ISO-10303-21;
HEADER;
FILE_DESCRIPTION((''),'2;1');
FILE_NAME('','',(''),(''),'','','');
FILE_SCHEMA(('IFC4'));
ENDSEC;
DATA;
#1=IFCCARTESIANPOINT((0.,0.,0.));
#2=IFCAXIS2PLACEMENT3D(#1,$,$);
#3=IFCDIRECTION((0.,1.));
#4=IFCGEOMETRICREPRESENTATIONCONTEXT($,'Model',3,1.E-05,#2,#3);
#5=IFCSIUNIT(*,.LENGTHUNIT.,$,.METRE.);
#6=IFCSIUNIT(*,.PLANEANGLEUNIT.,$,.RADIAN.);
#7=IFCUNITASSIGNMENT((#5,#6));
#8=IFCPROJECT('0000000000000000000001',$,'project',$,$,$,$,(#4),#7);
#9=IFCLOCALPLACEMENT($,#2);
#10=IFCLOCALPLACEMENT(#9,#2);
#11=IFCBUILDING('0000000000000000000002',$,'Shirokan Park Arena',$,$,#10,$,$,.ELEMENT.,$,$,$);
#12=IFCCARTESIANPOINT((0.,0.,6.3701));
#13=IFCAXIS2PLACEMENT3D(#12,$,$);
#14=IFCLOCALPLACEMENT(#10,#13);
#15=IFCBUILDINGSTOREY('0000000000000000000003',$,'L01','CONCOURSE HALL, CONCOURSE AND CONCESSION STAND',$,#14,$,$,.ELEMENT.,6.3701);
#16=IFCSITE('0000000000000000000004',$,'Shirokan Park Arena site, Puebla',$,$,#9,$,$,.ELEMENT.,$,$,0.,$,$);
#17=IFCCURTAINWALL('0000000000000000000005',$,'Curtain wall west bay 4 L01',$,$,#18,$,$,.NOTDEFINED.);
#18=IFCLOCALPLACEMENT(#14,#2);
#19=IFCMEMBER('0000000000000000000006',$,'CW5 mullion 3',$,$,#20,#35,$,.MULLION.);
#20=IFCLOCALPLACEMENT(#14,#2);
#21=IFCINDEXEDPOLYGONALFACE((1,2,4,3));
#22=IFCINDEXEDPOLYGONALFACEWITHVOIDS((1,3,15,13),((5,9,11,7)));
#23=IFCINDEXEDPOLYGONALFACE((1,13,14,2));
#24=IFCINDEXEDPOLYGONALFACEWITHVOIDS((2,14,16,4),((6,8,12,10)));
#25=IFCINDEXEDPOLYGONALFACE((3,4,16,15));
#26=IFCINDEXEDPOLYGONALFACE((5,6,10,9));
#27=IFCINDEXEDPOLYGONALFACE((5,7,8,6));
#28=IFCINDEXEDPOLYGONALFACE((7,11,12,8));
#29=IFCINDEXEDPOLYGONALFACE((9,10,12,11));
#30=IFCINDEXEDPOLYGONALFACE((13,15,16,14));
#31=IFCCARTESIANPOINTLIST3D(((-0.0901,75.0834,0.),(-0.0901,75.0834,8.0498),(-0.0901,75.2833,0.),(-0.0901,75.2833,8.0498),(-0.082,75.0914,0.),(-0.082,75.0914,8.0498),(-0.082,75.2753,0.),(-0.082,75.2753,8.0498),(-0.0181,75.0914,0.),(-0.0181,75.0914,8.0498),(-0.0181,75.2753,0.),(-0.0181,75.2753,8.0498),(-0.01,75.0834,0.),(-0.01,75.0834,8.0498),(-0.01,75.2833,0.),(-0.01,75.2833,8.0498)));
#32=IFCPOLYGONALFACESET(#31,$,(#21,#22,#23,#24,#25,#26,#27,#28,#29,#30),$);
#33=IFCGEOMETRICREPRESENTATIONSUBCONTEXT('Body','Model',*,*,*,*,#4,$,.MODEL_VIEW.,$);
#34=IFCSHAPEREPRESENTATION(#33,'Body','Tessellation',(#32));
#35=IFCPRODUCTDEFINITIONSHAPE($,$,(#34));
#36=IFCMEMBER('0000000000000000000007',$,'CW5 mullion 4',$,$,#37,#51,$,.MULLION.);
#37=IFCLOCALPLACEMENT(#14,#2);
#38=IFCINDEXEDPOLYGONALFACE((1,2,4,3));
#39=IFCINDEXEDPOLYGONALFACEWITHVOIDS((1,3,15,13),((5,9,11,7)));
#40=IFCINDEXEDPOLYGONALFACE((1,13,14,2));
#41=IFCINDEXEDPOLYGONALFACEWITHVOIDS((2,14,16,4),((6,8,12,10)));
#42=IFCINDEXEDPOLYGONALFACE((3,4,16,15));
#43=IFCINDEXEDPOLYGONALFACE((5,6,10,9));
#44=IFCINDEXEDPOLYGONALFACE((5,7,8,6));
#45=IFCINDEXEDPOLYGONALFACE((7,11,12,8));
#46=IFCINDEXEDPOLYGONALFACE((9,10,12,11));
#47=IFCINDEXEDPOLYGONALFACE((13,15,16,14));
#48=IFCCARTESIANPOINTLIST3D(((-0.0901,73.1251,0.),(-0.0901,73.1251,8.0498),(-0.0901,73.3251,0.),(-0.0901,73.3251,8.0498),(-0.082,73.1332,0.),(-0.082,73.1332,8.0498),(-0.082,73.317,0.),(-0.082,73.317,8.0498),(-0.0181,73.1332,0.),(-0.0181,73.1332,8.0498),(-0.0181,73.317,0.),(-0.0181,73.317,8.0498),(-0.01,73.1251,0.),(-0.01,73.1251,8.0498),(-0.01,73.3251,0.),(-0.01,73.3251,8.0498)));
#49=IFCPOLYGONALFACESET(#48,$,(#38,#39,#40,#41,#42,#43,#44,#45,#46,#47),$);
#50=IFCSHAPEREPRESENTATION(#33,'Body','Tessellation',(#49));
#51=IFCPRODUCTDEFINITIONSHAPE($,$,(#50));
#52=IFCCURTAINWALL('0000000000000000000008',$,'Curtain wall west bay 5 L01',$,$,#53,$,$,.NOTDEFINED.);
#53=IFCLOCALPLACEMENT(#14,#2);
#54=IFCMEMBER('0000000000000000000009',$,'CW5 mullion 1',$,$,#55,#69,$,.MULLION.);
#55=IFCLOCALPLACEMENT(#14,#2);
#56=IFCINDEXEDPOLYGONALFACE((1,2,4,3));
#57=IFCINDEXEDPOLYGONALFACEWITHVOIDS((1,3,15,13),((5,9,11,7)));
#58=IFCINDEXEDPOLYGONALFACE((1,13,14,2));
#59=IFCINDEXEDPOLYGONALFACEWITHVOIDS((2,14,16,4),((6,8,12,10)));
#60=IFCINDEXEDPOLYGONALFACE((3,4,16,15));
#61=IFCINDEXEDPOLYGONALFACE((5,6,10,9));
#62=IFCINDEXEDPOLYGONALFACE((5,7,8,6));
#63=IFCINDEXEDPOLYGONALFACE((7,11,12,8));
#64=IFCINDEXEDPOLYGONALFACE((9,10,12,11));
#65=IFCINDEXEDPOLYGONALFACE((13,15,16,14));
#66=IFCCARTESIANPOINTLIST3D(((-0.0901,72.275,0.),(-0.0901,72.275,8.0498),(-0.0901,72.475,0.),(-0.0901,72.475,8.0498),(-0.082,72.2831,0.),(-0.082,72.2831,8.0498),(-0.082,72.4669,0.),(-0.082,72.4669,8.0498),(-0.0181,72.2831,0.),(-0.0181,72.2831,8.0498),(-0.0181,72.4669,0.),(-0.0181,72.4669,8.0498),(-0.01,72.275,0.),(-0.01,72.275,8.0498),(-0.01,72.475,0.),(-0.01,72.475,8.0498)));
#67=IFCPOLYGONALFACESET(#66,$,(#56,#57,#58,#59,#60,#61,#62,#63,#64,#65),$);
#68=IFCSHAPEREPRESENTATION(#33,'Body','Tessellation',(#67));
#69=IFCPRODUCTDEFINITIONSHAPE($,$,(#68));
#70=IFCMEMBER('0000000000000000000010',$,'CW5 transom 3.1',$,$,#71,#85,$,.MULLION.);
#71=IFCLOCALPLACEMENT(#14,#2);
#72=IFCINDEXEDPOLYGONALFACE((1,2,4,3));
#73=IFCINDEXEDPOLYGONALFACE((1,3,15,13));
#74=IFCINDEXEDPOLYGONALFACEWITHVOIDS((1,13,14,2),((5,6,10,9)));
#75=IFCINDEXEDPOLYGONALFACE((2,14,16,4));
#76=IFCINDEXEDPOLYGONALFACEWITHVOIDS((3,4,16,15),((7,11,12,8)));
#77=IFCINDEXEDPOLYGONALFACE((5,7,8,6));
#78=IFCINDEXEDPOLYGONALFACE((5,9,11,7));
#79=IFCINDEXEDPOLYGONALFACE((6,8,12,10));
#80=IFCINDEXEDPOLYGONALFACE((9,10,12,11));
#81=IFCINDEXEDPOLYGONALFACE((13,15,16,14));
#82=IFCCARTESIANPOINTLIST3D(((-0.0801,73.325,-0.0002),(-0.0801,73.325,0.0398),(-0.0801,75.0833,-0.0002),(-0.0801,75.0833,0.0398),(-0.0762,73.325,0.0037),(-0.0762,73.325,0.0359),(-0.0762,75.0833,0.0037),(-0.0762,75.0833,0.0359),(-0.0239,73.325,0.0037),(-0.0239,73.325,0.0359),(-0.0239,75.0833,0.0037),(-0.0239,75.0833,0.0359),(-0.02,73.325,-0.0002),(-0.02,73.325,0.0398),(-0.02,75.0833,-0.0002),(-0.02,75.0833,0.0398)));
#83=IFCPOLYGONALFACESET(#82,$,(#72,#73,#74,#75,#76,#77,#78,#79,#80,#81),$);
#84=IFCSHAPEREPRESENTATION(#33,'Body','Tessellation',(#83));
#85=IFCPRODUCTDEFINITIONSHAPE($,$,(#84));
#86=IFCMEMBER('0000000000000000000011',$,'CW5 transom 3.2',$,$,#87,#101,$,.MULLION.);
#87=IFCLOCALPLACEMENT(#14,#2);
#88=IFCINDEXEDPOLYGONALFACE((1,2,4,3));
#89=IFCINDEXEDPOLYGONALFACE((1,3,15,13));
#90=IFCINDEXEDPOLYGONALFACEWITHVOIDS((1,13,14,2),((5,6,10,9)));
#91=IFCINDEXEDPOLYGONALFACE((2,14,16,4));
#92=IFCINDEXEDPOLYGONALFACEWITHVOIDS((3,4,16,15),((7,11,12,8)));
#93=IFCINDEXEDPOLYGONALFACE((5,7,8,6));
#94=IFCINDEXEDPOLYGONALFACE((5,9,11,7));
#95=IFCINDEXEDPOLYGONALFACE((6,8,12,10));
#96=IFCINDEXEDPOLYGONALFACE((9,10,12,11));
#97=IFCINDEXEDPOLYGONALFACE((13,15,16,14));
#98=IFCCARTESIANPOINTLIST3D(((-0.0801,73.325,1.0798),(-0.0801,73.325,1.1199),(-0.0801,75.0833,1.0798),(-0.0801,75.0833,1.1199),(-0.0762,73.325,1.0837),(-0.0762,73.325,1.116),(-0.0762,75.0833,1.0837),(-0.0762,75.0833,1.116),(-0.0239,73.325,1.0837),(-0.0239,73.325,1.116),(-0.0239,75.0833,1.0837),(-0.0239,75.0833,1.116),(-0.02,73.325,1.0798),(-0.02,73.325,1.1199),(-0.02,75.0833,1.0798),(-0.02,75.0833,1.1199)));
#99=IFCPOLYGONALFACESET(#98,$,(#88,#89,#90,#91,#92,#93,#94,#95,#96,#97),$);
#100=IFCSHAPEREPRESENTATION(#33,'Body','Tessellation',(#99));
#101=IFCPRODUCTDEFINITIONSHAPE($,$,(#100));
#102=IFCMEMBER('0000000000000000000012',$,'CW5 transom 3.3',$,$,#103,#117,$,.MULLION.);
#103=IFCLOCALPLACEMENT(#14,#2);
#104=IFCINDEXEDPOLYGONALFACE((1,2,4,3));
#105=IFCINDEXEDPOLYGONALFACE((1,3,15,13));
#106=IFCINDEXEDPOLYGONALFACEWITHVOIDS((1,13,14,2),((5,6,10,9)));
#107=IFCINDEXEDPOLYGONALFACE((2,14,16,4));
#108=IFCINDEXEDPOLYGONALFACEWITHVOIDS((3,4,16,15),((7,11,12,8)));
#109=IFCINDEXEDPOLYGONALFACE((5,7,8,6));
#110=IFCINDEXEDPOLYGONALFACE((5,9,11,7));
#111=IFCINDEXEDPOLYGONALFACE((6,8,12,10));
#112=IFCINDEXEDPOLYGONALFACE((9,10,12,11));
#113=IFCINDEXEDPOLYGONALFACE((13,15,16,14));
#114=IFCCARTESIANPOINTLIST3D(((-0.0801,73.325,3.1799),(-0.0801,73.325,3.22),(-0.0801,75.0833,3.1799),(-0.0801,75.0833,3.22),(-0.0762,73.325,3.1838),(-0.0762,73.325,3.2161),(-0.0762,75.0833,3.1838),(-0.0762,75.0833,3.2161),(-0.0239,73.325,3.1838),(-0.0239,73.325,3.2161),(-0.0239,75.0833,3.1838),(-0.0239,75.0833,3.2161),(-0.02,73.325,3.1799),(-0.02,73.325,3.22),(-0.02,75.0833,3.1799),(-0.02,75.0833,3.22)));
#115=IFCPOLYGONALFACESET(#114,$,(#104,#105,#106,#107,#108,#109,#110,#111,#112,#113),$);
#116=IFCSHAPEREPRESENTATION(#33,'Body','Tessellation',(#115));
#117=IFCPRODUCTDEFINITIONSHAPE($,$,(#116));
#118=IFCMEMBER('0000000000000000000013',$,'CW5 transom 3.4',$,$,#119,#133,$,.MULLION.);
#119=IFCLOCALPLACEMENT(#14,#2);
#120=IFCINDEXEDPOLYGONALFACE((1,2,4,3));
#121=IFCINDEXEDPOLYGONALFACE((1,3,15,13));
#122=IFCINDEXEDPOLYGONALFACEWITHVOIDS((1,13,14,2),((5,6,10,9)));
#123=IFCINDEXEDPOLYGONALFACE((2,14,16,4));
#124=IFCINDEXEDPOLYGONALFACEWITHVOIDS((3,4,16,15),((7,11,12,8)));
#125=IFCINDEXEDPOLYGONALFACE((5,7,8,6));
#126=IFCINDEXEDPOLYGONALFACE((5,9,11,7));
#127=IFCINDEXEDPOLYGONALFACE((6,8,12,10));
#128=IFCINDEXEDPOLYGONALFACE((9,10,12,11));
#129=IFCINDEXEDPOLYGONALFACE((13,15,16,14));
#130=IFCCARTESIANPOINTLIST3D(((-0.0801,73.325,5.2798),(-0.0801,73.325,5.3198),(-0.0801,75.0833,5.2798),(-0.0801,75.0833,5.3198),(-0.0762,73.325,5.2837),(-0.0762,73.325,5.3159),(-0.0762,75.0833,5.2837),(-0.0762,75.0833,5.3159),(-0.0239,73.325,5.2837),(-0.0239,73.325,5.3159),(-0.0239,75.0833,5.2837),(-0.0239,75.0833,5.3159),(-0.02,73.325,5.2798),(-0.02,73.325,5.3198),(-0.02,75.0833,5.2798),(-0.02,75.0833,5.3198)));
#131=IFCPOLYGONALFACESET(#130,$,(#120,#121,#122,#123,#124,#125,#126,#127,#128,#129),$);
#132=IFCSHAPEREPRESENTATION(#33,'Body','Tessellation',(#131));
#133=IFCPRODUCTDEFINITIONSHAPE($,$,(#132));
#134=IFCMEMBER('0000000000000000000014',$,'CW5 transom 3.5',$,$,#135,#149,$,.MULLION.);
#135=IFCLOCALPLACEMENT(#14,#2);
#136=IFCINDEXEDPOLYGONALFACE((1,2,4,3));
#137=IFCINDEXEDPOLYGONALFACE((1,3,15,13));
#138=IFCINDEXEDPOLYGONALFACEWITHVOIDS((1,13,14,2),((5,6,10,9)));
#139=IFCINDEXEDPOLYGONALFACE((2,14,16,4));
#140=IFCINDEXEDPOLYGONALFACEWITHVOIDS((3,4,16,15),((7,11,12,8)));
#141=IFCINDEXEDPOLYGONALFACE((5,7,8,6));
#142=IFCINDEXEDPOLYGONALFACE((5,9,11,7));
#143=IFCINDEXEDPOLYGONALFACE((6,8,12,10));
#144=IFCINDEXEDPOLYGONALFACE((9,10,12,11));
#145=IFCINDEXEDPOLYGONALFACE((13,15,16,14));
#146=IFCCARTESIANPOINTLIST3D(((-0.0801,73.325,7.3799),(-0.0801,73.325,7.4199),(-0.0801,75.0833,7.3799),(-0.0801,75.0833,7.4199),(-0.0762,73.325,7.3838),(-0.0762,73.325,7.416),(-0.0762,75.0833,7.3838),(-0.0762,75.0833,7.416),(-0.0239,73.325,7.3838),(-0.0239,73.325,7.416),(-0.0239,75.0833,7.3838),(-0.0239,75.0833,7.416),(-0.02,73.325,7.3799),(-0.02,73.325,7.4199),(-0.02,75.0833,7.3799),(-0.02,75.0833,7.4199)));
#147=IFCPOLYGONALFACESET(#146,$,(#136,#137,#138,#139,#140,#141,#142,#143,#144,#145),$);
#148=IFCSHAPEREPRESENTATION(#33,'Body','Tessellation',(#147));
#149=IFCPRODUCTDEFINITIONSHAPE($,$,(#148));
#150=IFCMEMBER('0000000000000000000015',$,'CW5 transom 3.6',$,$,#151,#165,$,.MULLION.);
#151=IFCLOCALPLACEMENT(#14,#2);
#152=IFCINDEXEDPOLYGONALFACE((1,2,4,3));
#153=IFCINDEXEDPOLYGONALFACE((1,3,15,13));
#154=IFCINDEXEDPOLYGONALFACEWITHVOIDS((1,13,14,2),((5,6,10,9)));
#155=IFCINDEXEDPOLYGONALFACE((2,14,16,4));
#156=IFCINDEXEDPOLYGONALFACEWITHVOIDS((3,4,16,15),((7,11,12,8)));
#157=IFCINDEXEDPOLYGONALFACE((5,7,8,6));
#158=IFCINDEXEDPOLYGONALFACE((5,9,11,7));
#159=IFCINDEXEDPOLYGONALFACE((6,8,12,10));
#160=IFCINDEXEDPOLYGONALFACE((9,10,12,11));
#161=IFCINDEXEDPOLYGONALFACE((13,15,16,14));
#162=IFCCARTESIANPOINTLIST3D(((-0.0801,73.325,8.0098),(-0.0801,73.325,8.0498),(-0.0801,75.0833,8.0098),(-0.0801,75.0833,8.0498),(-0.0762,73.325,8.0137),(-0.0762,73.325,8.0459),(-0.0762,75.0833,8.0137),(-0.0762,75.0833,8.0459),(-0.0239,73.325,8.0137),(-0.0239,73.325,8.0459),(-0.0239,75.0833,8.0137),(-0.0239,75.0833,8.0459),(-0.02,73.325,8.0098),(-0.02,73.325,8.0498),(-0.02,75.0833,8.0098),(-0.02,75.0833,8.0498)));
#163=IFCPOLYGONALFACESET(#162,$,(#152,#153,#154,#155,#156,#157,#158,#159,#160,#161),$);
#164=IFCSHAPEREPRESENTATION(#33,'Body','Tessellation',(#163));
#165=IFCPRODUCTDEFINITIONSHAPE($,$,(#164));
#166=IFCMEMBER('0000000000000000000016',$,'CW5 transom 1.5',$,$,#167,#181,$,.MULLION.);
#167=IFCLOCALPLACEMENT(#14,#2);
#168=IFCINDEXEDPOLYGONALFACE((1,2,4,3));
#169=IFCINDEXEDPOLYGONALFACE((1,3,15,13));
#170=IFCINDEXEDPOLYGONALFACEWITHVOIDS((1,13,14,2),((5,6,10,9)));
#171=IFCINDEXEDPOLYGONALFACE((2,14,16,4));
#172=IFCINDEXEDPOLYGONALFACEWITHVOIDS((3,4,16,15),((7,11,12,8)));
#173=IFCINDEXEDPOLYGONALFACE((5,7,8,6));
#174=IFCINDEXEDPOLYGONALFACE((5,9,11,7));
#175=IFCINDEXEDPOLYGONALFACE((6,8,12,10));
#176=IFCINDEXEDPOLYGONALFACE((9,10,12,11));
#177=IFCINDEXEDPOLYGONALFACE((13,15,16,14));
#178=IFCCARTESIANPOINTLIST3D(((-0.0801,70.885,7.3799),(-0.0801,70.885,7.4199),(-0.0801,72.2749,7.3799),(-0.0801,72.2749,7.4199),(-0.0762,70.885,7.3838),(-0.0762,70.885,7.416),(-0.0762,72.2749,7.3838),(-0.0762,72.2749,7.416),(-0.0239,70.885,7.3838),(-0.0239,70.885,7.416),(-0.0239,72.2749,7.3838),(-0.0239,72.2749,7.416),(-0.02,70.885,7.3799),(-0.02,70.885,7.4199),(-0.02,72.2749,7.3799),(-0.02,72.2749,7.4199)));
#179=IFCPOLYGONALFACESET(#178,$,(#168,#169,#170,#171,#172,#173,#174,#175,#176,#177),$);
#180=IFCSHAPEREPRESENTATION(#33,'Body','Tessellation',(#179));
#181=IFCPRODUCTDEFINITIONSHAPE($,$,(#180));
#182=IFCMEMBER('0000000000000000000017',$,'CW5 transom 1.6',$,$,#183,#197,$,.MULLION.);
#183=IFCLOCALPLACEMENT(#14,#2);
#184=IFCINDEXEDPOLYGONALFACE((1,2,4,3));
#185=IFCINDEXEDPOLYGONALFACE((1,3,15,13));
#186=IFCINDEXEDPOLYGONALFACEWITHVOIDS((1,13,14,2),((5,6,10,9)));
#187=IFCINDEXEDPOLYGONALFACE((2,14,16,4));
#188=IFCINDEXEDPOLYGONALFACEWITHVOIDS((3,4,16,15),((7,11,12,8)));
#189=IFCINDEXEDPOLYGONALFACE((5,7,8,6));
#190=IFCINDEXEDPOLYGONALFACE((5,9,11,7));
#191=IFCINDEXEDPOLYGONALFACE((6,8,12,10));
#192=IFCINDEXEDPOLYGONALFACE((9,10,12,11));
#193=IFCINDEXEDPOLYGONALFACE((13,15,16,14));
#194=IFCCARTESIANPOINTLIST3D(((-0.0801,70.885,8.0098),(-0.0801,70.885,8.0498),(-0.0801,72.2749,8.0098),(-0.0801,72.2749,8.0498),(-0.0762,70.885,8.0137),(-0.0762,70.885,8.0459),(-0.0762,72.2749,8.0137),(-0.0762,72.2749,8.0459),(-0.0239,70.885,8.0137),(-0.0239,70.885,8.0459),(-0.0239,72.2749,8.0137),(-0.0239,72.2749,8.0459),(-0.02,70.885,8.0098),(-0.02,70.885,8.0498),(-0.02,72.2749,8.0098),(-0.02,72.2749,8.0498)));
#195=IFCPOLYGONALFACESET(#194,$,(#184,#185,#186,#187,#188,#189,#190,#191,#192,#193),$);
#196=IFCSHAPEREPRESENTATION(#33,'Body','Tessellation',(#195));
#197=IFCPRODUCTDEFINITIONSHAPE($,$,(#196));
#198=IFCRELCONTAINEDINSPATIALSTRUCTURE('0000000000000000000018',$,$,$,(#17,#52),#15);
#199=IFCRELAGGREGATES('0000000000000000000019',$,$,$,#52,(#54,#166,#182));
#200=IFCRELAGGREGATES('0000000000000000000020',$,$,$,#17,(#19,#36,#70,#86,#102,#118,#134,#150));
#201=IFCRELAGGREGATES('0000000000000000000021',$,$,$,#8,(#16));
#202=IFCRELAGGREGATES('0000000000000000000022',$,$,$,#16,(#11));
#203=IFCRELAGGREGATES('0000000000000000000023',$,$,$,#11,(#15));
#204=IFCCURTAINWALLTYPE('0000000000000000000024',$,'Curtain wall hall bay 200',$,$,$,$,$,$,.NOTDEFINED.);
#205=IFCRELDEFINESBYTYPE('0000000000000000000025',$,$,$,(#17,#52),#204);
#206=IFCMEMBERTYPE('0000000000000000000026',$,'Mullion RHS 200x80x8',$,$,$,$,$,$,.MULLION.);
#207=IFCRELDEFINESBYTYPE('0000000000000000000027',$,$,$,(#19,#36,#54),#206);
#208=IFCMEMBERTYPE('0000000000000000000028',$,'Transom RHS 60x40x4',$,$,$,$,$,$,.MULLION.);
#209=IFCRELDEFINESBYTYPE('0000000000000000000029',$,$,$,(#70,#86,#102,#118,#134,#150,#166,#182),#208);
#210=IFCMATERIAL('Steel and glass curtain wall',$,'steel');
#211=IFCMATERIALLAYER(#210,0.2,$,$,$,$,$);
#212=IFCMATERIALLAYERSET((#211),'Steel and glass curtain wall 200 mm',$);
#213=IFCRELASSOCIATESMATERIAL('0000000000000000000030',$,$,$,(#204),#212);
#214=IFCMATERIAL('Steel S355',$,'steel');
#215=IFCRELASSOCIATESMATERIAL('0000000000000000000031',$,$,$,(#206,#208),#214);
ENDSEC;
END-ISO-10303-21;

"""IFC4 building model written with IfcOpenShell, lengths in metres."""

from ifc_helpers import new_model, si_unit, direction, frame, origin, origin_2d, place, context, subcontext, project, spatial, hollow_rectangle, extrude, material, layer, layer_set, material_profile, profile_set, type_object, element, aggregate, save


model = new_model("IFC4")

# Units and contexts
model_context = context("Model", 3, precision=1e-05, world=origin(), true_north=direction((0.0, 1.0)))
body_context = subcontext(model_context, "Body", "Model", "MODEL_VIEW")
ifc_project = project(units=[si_unit("LENGTHUNIT", "METRE"), si_unit("PLANEANGLEUNIT", "RADIAN")], contexts=[model_context])

# Site, building, storey
site_placement = place(None, origin())
site = spatial("IfcSite", under=ifc_project, at=site_placement, Name="Shirokan Park Arena site, Puebla", CompositionType="ELEMENT", RefElevation=0.0)
building_placement = place(site_placement, origin())
building = spatial("IfcBuilding", under=site, at=building_placement, Name="Shirokan Park Arena", CompositionType="ELEMENT")
storey_placement = place(building_placement, frame((0.0, 0.0, 6.3701)))
storey = spatial("IfcBuildingStorey", under=building, at=storey_placement, Name="L01", Description="CONCOURSE HALL, CONCOURSE AND CONCESSION STAND", CompositionType="ELEMENT", Elevation=6.3701)

# Curtain wall, members
ifc_material_1 = material(Name="Steel and glass curtain wall", Category="steel")
ifc_layer_1 = layer(ifc_material_1, 0.2)
ifc_layer_set_1 = layer_set([ifc_layer_1], Name="Steel and glass curtain wall 200 mm")
curtain_wall_type = type_object("IfcCurtainWallType", Name="Curtain wall hall bay 200", PredefinedType="NOTDEFINED", material=ifc_layer_set_1)
curtain_wall_1_placement = place(storey_placement, origin())
curtain_wall_1 = element("IfcCurtainWall", 1, at=curtain_wall_1_placement, inside=storey, type_object=curtain_wall_type, Name="Curtain wall west bay 4 L01", PredefinedType="NOTDEFINED")
ifc_material_2 = material(Name="Steel S355", Category="steel")
ifc_material_profile_1 = material_profile(ifc_material_2, hollow_rectangle(XDim=0.0801, YDim=0.2, WallThickness=0.0081, at=origin_2d()), Name="RHS 200x80x8")
ifc_profile_set_1 = profile_set([ifc_material_profile_1], Name="Steel S355")
member_type_1 = type_object("IfcMemberType", Name="Mullion RHS 200x80x8", PredefinedType="MULLION", material=ifc_profile_set_1)
member_1_placement = place(storey_placement, frame((-0.05, 75.1833, 0.0), z_axis=(0.0, 0.0, 1.0), x_axis=(1.0, 0.0, 0.0)))
member_1 = element("IfcMember", 2, at=member_1_placement, type_object=member_type_1, Name="CW5 mullion 3", PredefinedType="MULLION", context=body_context, shape_type="SweptSolid", body=[
    extrude(hollow_rectangle(XDim=0.0801, YDim=0.2, WallThickness=0.0081, at=origin_2d()), origin(), (0.0, 0.0, 1.0), 8.0498),
])
member_2_placement = place(storey_placement, frame((-0.05, 73.2251, 0.0), z_axis=(0.0, 0.0, 1.0), x_axis=(1.0, 0.0, 0.0)))
member_2 = element("IfcMember", 3, at=member_2_placement, type_object=member_type_1, Name="CW5 mullion 4", PredefinedType="MULLION", context=body_context, shape_type="SweptSolid", body=[
    extrude(hollow_rectangle(XDim=0.0801, YDim=0.2, WallThickness=0.0081, at=origin_2d()), origin(), (0.0, 0.0, 1.0), 8.0498),
])

# Curtain wall, member
curtain_wall_2_placement = place(storey_placement, origin())
curtain_wall_2 = element("IfcCurtainWall", 4, at=curtain_wall_2_placement, inside=storey, type_object=curtain_wall_type, Name="Curtain wall west bay 5 L01", PredefinedType="NOTDEFINED")
member_3_placement = place(storey_placement, frame((-0.05, 72.375, 0.0), z_axis=(0.0, 0.0, 1.0), x_axis=(1.0, 0.0, 0.0)))
member_3 = element("IfcMember", 5, at=member_3_placement, type_object=member_type_1, Name="CW5 mullion 1", PredefinedType="MULLION", context=body_context, shape_type="SweptSolid", body=[
    extrude(hollow_rectangle(XDim=0.0801, YDim=0.2, WallThickness=0.0081, at=origin_2d()), origin(), (0.0, 0.0, 1.0), 8.0498),
])

# Members
ifc_material_profile_2 = material_profile(ifc_material_2, hollow_rectangle(XDim=0.0601, YDim=0.04, WallThickness=0.0039, at=origin_2d()), Name="RHS 60x40x4")
ifc_profile_set_2 = profile_set([ifc_material_profile_2], Name="Steel S355")
member_type_2 = type_object("IfcMemberType", Name="Transom RHS 60x40x4", PredefinedType="MULLION", material=ifc_profile_set_2)
member_4_placement = place(storey_placement, frame((-0.05, 75.0833, 0.0198), z_axis=(0.0, -1.0, 0.0), x_axis=(1.0, 0.0, 0.0)))
member_4 = element("IfcMember", 6, at=member_4_placement, type_object=member_type_2, Name="CW5 transom 3.1", PredefinedType="MULLION", context=body_context, shape_type="SweptSolid", body=[
    extrude(hollow_rectangle(XDim=0.0601, YDim=0.04, WallThickness=0.0039, at=origin_2d()), origin(), (0.0, 0.0, 1.0), 1.7583),
])
member_5_placement = place(storey_placement, frame((-0.05, 75.0833, 1.0999), z_axis=(0.0, -1.0, 0.0), x_axis=(1.0, 0.0, 0.0)))
member_5 = element("IfcMember", 7, at=member_5_placement, type_object=member_type_2, Name="CW5 transom 3.2", PredefinedType="MULLION", context=body_context, shape_type="SweptSolid", body=[
    extrude(hollow_rectangle(XDim=0.0601, YDim=0.04, WallThickness=0.0039, at=origin_2d()), origin(), (0.0, 0.0, 1.0), 1.7583),
])
member_6_placement = place(storey_placement, frame((-0.05, 75.0833, 3.2), z_axis=(0.0, -1.0, 0.0), x_axis=(1.0, 0.0, 0.0)))
member_6 = element("IfcMember", 8, at=member_6_placement, type_object=member_type_2, Name="CW5 transom 3.3", PredefinedType="MULLION", context=body_context, shape_type="SweptSolid", body=[
    extrude(hollow_rectangle(XDim=0.0601, YDim=0.04, WallThickness=0.0039, at=origin_2d()), origin(), (0.0, 0.0, 1.0), 1.7583),
])
member_7_placement = place(storey_placement, frame((-0.05, 75.0833, 5.2998), z_axis=(0.0, -1.0, 0.0), x_axis=(1.0, 0.0, 0.0)))
member_7 = element("IfcMember", 9, at=member_7_placement, type_object=member_type_2, Name="CW5 transom 3.4", PredefinedType="MULLION", context=body_context, shape_type="SweptSolid", body=[
    extrude(hollow_rectangle(XDim=0.0601, YDim=0.04, WallThickness=0.0039, at=origin_2d()), origin(), (0.0, 0.0, 1.0), 1.7583),
])
member_8_placement = place(storey_placement, frame((-0.05, 75.0833, 7.3999), z_axis=(0.0, -1.0, 0.0), x_axis=(1.0, 0.0, 0.0)))
member_8 = element("IfcMember", 10, at=member_8_placement, type_object=member_type_2, Name="CW5 transom 3.5", PredefinedType="MULLION", context=body_context, shape_type="SweptSolid", body=[
    extrude(hollow_rectangle(XDim=0.0601, YDim=0.04, WallThickness=0.0039, at=origin_2d()), origin(), (0.0, 0.0, 1.0), 1.7583),
])
member_9_placement = place(storey_placement, frame((-0.05, 75.0833, 8.0298), z_axis=(0.0, -1.0, 0.0), x_axis=(1.0, 0.0, 0.0)))
member_9 = element("IfcMember", 11, at=member_9_placement, type_object=member_type_2, Name="CW5 transom 3.6", PredefinedType="MULLION", context=body_context, shape_type="SweptSolid", body=[
    extrude(hollow_rectangle(XDim=0.0601, YDim=0.04, WallThickness=0.0039, at=origin_2d()), origin(), (0.0, 0.0, 1.0), 1.7583),
])
member_10_placement = place(storey_placement, frame((-0.05, 72.2749, 7.3999), z_axis=(0.0, -1.0, 0.0), x_axis=(1.0, 0.0, 0.0)))
member_10 = element("IfcMember", 12, at=member_10_placement, type_object=member_type_2, Name="CW5 transom 1.5", PredefinedType="MULLION", context=body_context, shape_type="SweptSolid", body=[
    extrude(hollow_rectangle(XDim=0.0601, YDim=0.04, WallThickness=0.0039, at=origin_2d()), origin(), (0.0, 0.0, 1.0), 1.3899),
])
member_11_placement = place(storey_placement, frame((-0.05, 72.2749, 8.0298), z_axis=(0.0, -1.0, 0.0), x_axis=(1.0, 0.0, 0.0)))
member_11 = element("IfcMember", 13, at=member_11_placement, type_object=member_type_2, Name="CW5 transom 1.6", PredefinedType="MULLION", context=body_context, shape_type="SweptSolid", body=[
    extrude(hollow_rectangle(XDim=0.0601, YDim=0.04, WallThickness=0.0039, at=origin_2d()), origin(), (0.0, 0.0, 1.0), 1.3899),
])
aggregate(curtain_wall_2, [member_3, member_10, member_11])

aggregate(curtain_wall_1, [member_1, member_2, member_4, member_5, member_6, member_7, member_8, member_9])

save(model, "model.ifc")
